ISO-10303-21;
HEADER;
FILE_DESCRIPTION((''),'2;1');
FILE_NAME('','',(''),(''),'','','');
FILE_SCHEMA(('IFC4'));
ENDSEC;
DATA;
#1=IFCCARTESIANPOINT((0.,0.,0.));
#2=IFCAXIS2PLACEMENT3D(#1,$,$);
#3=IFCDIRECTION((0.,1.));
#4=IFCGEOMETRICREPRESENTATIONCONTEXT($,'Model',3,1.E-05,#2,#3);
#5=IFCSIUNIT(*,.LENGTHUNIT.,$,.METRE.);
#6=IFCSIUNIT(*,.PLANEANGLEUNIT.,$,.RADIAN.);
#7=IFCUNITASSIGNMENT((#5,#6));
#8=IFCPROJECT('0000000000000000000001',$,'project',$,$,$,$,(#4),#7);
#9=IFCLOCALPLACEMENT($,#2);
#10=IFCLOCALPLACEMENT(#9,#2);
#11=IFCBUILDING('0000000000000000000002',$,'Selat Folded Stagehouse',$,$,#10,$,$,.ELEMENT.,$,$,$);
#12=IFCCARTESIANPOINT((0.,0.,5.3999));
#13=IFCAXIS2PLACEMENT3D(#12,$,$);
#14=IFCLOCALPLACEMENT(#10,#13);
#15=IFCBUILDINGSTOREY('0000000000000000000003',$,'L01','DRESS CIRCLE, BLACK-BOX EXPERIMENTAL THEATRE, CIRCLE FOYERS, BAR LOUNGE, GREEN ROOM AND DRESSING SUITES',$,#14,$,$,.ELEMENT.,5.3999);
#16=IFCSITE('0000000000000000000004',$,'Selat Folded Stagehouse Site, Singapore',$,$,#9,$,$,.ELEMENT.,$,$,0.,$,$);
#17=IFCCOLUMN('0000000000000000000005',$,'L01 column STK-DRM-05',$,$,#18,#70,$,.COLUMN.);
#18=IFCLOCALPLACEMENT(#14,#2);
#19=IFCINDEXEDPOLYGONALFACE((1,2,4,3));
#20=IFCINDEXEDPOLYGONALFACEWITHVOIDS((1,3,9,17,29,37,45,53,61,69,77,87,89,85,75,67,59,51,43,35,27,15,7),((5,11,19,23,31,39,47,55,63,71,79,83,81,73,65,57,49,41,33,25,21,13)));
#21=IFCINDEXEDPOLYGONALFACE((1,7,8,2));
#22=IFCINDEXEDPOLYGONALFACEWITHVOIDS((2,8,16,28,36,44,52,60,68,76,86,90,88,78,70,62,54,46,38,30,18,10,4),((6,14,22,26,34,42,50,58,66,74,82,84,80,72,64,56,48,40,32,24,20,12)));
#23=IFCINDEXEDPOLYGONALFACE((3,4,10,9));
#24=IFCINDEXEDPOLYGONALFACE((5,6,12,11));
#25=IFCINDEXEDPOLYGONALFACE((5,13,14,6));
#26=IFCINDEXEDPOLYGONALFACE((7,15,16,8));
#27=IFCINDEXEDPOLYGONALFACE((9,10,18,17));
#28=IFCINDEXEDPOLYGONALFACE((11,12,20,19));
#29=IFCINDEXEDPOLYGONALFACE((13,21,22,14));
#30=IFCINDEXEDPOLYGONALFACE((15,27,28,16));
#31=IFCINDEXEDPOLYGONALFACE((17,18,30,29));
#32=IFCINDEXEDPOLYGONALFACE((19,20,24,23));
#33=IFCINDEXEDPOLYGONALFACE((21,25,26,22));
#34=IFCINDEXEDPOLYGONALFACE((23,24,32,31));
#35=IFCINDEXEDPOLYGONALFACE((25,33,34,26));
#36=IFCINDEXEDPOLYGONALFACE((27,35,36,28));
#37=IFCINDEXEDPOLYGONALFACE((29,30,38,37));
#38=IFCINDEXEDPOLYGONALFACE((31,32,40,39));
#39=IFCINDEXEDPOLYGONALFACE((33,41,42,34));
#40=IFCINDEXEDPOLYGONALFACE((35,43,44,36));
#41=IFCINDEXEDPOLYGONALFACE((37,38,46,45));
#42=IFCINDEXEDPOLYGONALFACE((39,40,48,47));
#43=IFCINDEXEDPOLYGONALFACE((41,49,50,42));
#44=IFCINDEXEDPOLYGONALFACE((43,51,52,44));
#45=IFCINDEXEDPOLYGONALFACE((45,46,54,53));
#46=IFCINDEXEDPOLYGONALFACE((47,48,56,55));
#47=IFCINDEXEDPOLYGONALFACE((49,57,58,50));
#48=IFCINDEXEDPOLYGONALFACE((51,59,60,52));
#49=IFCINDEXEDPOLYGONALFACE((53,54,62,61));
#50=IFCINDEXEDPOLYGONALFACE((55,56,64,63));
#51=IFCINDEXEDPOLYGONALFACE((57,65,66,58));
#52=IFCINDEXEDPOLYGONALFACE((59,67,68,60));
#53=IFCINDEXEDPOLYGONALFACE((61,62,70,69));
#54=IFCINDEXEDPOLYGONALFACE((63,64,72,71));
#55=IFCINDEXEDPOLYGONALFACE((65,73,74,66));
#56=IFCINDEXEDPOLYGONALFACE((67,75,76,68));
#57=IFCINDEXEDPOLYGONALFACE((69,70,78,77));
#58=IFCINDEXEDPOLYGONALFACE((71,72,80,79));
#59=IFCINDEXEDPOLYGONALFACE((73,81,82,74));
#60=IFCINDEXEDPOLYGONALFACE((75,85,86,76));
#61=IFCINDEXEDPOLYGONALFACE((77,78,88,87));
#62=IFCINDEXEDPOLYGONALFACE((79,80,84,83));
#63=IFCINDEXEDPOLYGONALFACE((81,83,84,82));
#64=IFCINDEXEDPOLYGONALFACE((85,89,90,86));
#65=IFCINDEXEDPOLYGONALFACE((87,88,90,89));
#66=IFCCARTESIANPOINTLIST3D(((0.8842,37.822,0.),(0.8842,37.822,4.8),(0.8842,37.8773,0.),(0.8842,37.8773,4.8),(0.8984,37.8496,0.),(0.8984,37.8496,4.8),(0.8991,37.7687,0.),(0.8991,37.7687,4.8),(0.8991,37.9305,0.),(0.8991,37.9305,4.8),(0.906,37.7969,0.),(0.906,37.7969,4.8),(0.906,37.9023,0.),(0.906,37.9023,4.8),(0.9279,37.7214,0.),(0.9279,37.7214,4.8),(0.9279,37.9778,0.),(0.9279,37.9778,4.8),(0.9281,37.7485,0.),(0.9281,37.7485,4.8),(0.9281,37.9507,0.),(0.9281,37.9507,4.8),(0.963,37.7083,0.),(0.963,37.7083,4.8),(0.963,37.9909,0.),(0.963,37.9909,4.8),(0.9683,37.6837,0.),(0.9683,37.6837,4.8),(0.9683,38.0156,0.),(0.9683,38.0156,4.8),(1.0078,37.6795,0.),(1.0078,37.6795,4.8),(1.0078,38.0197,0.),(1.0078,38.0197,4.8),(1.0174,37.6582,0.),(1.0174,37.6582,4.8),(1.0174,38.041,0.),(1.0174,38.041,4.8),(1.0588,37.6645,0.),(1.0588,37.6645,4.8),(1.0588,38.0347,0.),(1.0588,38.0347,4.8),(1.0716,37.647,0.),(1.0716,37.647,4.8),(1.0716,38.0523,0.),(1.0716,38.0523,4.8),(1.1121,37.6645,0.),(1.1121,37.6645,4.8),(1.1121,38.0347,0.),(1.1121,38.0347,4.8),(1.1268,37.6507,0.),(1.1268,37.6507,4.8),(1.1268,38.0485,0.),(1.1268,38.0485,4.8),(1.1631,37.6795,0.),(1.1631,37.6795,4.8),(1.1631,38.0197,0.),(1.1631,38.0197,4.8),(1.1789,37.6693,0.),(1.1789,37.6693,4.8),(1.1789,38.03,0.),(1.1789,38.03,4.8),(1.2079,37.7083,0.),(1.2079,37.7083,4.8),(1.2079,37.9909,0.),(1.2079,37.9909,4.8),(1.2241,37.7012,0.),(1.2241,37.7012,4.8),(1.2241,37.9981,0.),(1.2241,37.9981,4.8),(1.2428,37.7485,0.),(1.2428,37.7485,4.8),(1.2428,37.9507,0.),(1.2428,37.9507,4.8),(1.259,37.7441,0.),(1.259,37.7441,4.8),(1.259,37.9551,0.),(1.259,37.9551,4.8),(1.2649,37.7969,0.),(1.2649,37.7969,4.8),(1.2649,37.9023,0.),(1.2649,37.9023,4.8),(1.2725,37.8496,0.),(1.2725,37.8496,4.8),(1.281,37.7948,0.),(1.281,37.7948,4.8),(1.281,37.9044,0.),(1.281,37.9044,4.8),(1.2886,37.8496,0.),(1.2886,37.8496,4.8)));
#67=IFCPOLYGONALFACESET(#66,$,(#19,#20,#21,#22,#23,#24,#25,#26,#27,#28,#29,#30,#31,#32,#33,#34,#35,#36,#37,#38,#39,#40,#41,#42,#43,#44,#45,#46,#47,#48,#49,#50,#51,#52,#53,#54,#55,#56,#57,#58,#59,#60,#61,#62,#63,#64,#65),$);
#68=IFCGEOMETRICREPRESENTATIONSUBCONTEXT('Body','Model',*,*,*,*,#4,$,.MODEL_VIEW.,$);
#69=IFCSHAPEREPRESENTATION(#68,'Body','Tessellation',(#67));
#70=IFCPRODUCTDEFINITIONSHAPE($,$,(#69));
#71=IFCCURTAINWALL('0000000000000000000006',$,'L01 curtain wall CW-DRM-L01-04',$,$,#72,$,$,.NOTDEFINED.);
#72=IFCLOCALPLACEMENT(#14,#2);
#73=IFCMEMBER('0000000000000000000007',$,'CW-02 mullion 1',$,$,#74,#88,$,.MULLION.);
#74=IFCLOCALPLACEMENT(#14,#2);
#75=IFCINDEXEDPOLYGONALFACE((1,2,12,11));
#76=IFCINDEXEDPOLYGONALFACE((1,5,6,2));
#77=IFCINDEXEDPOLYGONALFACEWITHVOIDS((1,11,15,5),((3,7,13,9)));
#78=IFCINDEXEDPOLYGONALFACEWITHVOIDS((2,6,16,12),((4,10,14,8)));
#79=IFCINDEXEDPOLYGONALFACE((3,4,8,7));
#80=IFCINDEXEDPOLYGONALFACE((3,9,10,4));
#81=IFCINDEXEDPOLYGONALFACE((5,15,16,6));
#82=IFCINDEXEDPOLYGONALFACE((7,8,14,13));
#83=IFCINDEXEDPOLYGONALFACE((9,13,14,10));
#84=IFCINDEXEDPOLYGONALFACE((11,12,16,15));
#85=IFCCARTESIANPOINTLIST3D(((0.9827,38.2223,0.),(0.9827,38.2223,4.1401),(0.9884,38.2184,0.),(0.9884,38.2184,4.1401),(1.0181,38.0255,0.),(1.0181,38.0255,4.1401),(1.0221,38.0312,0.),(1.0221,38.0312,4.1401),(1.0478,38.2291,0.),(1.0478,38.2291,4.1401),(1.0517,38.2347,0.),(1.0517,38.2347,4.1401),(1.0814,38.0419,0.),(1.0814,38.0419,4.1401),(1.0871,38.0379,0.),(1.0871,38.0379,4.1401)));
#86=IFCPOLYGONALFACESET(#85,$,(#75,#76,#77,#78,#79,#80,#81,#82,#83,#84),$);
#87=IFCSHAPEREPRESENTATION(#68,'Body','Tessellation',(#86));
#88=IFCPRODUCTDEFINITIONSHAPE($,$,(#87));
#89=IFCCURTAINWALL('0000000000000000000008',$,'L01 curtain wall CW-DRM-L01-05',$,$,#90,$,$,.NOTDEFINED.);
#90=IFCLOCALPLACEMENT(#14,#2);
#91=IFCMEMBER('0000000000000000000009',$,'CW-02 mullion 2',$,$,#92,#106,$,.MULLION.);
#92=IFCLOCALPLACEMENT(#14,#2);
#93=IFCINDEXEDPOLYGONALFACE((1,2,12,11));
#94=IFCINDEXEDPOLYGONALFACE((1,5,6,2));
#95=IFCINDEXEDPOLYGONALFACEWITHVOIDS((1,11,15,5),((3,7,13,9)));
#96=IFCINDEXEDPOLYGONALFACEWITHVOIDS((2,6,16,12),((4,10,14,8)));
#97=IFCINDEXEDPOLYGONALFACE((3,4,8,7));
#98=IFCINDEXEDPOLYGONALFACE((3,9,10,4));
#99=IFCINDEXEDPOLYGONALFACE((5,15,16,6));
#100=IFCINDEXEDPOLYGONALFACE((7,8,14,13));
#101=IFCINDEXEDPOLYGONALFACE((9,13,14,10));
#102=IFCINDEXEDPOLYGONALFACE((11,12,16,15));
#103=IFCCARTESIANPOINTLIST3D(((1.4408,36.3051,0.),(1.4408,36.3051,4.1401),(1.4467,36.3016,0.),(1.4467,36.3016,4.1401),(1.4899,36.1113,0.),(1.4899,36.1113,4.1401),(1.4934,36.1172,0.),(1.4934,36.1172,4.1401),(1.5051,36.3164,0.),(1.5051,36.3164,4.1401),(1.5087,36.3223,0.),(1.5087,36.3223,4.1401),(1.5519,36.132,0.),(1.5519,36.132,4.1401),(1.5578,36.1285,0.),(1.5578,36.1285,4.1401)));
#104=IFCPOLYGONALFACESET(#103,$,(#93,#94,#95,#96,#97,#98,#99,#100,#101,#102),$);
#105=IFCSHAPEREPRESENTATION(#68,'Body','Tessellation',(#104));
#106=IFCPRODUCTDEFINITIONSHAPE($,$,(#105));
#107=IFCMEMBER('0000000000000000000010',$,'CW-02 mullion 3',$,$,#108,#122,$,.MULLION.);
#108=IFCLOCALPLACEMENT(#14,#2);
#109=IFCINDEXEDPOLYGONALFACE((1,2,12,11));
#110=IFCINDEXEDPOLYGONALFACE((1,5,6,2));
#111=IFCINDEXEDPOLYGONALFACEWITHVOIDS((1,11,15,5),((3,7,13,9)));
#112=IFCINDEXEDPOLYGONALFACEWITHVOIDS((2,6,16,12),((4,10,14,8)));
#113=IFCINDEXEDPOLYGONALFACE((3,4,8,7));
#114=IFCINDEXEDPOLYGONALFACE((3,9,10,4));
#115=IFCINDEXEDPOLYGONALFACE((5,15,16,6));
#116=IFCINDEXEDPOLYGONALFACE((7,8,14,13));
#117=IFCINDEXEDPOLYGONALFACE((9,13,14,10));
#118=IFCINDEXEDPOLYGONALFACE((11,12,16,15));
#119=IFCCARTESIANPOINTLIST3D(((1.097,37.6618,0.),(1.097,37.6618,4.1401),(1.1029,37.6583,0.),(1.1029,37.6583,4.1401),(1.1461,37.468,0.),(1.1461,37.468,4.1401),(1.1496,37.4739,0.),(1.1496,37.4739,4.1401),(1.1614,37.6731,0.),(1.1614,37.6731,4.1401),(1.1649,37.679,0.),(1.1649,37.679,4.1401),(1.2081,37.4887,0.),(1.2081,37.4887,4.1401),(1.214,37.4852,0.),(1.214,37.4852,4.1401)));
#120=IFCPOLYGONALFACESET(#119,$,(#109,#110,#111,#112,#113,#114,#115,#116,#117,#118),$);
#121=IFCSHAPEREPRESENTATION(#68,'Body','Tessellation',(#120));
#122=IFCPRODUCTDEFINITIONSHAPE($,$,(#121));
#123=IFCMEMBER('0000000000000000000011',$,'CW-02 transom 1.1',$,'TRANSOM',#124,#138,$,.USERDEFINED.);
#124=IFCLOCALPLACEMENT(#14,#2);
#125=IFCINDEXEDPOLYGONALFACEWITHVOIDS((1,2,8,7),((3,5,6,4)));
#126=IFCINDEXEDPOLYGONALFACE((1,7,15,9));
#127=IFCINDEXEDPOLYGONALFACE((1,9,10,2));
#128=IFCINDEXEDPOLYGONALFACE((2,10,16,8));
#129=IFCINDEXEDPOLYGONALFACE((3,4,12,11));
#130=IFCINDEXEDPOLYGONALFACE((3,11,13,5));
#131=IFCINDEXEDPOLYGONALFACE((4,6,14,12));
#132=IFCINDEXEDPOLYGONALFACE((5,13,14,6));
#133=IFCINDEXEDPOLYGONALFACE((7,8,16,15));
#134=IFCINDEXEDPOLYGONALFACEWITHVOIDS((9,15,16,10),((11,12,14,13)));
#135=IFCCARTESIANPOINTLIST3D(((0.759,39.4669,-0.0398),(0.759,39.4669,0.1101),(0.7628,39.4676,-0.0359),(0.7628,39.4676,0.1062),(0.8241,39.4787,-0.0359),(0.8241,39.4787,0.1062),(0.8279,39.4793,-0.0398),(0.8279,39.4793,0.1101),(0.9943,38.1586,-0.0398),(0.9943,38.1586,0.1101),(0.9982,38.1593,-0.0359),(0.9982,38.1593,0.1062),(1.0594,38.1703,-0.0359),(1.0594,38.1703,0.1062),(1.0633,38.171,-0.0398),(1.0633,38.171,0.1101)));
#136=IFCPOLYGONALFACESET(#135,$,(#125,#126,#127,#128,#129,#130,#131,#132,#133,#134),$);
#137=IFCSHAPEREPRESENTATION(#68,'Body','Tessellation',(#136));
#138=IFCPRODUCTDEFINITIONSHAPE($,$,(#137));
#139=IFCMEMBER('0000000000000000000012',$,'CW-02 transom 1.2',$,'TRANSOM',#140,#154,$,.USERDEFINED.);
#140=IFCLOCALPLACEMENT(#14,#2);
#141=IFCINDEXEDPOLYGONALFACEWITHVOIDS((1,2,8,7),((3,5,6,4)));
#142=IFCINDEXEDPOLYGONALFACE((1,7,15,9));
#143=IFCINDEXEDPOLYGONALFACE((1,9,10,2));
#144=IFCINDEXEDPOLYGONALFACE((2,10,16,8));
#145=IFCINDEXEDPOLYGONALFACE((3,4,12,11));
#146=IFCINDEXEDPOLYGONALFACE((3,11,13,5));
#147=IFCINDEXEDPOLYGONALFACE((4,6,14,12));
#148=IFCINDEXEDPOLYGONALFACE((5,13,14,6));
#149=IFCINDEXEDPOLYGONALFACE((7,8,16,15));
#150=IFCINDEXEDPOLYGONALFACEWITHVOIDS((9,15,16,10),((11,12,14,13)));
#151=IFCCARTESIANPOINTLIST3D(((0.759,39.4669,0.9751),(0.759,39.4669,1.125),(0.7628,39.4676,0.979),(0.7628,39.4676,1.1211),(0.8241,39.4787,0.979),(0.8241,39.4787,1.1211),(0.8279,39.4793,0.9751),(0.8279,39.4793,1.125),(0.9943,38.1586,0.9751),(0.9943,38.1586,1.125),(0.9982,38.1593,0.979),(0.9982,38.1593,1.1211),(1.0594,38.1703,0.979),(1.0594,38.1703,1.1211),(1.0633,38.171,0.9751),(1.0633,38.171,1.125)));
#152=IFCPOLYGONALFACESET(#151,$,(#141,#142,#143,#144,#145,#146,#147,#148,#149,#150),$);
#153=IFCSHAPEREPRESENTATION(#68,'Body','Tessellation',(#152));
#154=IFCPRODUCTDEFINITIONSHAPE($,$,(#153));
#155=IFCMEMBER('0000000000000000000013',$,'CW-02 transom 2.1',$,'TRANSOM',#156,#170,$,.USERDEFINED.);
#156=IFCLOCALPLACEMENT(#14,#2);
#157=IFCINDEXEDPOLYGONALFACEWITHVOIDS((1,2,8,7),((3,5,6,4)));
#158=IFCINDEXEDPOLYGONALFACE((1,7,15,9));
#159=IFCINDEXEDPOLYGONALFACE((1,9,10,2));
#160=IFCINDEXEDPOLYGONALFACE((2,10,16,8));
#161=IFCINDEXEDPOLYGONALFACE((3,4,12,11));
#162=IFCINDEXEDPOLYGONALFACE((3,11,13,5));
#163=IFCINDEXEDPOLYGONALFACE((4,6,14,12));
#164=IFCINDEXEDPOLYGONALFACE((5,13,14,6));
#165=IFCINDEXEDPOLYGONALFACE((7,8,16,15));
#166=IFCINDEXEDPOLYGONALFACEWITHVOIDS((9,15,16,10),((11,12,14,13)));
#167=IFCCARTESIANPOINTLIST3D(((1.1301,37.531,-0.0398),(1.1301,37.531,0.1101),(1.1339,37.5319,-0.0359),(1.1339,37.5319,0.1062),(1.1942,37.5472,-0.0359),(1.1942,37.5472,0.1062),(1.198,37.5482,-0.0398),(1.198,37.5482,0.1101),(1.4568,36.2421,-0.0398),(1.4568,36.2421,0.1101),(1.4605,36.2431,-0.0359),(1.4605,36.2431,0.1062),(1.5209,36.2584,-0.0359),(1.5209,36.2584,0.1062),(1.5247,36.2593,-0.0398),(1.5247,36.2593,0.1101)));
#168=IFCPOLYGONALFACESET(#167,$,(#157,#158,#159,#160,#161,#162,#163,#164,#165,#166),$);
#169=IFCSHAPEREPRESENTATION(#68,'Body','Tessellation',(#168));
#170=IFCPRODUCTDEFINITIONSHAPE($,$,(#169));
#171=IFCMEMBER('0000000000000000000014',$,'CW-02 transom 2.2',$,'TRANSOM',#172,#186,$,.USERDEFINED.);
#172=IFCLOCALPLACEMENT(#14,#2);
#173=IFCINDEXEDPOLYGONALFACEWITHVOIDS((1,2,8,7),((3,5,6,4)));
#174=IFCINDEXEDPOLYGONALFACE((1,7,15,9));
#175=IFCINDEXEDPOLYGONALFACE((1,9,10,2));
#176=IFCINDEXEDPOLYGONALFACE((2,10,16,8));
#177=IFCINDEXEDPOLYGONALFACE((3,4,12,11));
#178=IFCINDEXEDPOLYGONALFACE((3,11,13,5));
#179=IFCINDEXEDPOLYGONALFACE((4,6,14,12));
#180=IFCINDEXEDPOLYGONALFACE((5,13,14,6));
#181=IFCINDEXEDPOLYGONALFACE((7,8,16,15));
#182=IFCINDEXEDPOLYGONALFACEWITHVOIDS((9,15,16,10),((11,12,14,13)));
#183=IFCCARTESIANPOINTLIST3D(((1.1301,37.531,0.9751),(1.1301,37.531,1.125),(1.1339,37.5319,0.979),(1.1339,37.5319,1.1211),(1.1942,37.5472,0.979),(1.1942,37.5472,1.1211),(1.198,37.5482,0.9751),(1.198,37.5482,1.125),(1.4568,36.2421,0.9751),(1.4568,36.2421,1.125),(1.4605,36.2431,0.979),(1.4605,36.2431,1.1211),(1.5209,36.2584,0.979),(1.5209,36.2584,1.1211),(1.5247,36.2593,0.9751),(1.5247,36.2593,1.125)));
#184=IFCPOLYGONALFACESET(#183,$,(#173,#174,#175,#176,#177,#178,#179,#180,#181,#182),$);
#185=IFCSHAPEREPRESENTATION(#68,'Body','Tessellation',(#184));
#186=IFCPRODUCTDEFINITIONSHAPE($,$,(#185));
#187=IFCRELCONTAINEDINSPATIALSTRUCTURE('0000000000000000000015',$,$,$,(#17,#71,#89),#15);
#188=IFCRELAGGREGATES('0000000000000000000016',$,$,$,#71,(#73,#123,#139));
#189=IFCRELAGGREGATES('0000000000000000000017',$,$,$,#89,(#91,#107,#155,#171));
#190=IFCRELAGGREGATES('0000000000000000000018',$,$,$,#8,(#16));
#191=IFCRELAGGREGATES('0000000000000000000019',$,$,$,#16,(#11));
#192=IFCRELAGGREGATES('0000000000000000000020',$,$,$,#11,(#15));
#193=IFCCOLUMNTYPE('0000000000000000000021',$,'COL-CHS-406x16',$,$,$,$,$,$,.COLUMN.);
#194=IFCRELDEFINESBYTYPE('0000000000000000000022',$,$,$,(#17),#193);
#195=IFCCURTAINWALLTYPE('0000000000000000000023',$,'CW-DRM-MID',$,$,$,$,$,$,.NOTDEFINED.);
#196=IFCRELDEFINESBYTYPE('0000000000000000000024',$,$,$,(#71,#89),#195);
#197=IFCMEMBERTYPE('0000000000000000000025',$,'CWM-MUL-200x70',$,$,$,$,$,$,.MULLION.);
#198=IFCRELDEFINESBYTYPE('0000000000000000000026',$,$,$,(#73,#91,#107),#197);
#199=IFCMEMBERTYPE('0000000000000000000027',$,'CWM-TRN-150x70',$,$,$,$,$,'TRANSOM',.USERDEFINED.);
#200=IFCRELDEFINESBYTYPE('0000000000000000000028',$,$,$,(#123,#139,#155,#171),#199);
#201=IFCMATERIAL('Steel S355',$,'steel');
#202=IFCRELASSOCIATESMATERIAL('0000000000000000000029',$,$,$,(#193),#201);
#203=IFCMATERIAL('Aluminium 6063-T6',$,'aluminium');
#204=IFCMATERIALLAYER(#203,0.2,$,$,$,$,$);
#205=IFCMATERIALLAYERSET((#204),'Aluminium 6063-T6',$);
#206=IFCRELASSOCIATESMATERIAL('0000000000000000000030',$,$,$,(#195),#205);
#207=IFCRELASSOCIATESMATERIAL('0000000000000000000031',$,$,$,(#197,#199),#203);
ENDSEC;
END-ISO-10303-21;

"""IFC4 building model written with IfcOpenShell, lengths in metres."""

from ifc_helpers import new_model, si_unit, direction, frame, origin, origin_2d, place, context, subcontext, project, spatial, hollow_rectangle, hollow_circle, extrude, material, layer, layer_set, material_profile, profile_set, type_object, element, aggregate, save


model = new_model("IFC4")

# Units and contexts
model_context = context("Model", 3, precision=1e-05, world=origin(), true_north=direction((0.0, 1.0)))
body_context = subcontext(model_context, "Body", "Model", "MODEL_VIEW")
ifc_project = project(units=[si_unit("LENGTHUNIT", "METRE"), si_unit("PLANEANGLEUNIT", "RADIAN")], contexts=[model_context])

# Site, building, storey
site_placement = place(None, origin())
site = spatial("IfcSite", under=ifc_project, at=site_placement, Name="Selat Folded Stagehouse Site, Singapore", CompositionType="ELEMENT", RefElevation=0.0)
building_placement = place(site_placement, origin())
building = spatial("IfcBuilding", under=site, at=building_placement, Name="Selat Folded Stagehouse", CompositionType="ELEMENT")
storey_placement = place(building_placement, frame((0.0, 0.0, 5.3999)))
storey = spatial("IfcBuildingStorey", under=building, at=storey_placement, Name="L01", Description="DRESS CIRCLE, BLACK-BOX EXPERIMENTAL THEATRE, CIRCLE FOYERS, BAR LOUNGE, GREEN ROOM AND DRESSING SUITES", CompositionType="ELEMENT", Elevation=5.3999)

# Column
ifc_material_1 = material(Name="Steel S355", Category="steel")
ifc_material_profile_1 = material_profile(ifc_material_1, hollow_circle(Radius=0.2031, WallThickness=0.0161, at=origin_2d()), Name="CHS 406.4x16.0")
ifc_profile_set_1 = profile_set([ifc_material_profile_1], Name="Steel S355")
column_type = type_object("IfcColumnType", Name="COL-CHS-406x16", PredefinedType="COLUMN", material=ifc_profile_set_1)
column_placement = place(storey_placement, frame((1.0854, 37.8496, 0.0), z_axis=(0.0, 0.0, 1.0), x_axis=(1.0, 0.0, 0.0)))
element("IfcColumn", 1, at=column_placement, inside=storey, type_object=column_type, Name="L01 column STK-DRM-05", PredefinedType="COLUMN", context=body_context, shape_type="SweptSolid", body=[
    extrude(hollow_circle(Radius=0.2031, WallThickness=0.0161, at=origin_2d()), origin(), (0.0, 0.0, 1.0), 4.8),
])

# Curtain wall, member
ifc_material_2 = material(Name="Aluminium 6063-T6", Category="aluminium")
ifc_layer_1 = layer(ifc_material_2, 0.2)
ifc_layer_set_1 = layer_set([ifc_layer_1], Name="Aluminium 6063-T6")
curtain_wall_type = type_object("IfcCurtainWallType", Name="CW-DRM-MID", PredefinedType="NOTDEFINED", material=ifc_layer_set_1)
curtain_wall_1_placement = place(storey_placement, origin())
curtain_wall_1 = element("IfcCurtainWall", 2, at=curtain_wall_1_placement, inside=storey, type_object=curtain_wall_type, Name="L01 curtain wall CW-DRM-L01-04", PredefinedType="NOTDEFINED")
ifc_material_profile_2 = material_profile(ifc_material_2, hollow_rectangle(XDim=0.0701, YDim=0.2, WallThickness=0.0049, at=origin_2d()), Name="ALU 200x70x5.0")
ifc_profile_set_2 = profile_set([ifc_material_profile_2], Name="Aluminium 6063-T6")
member_type_1 = type_object("IfcMemberType", Name="CWM-MUL-200x70", PredefinedType="MULLION", material=ifc_profile_set_2)
member_1_placement = place(storey_placement, frame((1.0349, 38.1301, 0.0), z_axis=(0.0, 0.0, 1.0), x_axis=(-0.984211, -0.177002, 0.0)))
member_1 = element("IfcMember", 3, at=member_1_placement, type_object=member_type_1, Name="CW-02 mullion 1", PredefinedType="MULLION", context=body_context, shape_type="SweptSolid", body=[
    extrude(hollow_rectangle(XDim=0.0701, YDim=0.2, WallThickness=0.0049, at=origin_2d()), origin(), (0.0, 0.0, 1.0), 4.1401),
])

# Curtain wall, members
curtain_wall_2_placement = place(storey_placement, origin())
curtain_wall_2 = element("IfcCurtainWall", 4, at=curtain_wall_2_placement, inside=storey, type_object=curtain_wall_type, Name="L01 curtain wall CW-DRM-L01-05", PredefinedType="NOTDEFINED")
member_2_placement = place(storey_placement, frame((1.4993, 36.2168, 0.0), z_axis=(0.0, 0.0, 1.0), x_axis=(-0.969367, -0.245618, 0.0)))
member_2 = element("IfcMember", 5, at=member_2_placement, type_object=member_type_1, Name="CW-02 mullion 2", PredefinedType="MULLION", context=body_context, shape_type="SweptSolid", body=[
    extrude(hollow_rectangle(XDim=0.0701, YDim=0.2, WallThickness=0.0049, at=origin_2d()), origin(), (0.0, 0.0, 1.0), 4.1401),
])
member_3_placement = place(storey_placement, frame((1.1555, 37.5735, 0.0), z_axis=(0.0, 0.0, 1.0), x_axis=(-0.969367, -0.245618, 0.0)))
member_3 = element("IfcMember", 6, at=member_3_placement, type_object=member_type_1, Name="CW-02 mullion 3", PredefinedType="MULLION", context=body_context, shape_type="SweptSolid", body=[
    extrude(hollow_rectangle(XDim=0.0701, YDim=0.2, WallThickness=0.0049, at=origin_2d()), origin(), (0.0, 0.0, 1.0), 4.1401),
])

# Members
ifc_material_profile_3 = material_profile(ifc_material_2, hollow_rectangle(XDim=0.0701, YDim=0.1499, WallThickness=0.0039, at=origin_2d()), Name="ALU 150x70x4.0")
ifc_profile_set_3 = profile_set([ifc_material_profile_3], Name="Aluminium 6063-T6")
member_type_2 = type_object("IfcMemberType", Name="CWM-TRN-150x70", ElementType="TRANSOM", PredefinedType="USERDEFINED", material=ifc_profile_set_3)
member_4_placement = place(storey_placement, frame((1.0288, 38.1648, 0.0352), z_axis=(-0.177043, 0.984203, 0.0), x_axis=(-0.984203, -0.177043, 0.0)))
member_4 = element("IfcMember", 7, at=member_4_placement, type_object=member_type_2, Name="CW-02 transom 1.1", ObjectType="TRANSOM", PredefinedType="USERDEFINED", context=body_context, shape_type="SweptSolid", body=[
    extrude(hollow_rectangle(XDim=0.0701, YDim=0.1499, WallThickness=0.0039, at=origin_2d()), origin(), (0.0, 0.0, 1.0), 1.3293),
])
member_5_placement = place(storey_placement, frame((1.0288, 38.1648, 1.05), z_axis=(-0.177043, 0.984203, 0.0), x_axis=(-0.984203, -0.177043, 0.0)))
member_5 = element("IfcMember", 8, at=member_5_placement, type_object=member_type_2, Name="CW-02 transom 1.2", ObjectType="TRANSOM", PredefinedType="USERDEFINED", context=body_context, shape_type="SweptSolid", body=[
    extrude(hollow_rectangle(XDim=0.0701, YDim=0.1499, WallThickness=0.0039, at=origin_2d()), origin(), (0.0, 0.0, 1.0), 1.3293),
])
aggregate(curtain_wall_1, [member_1, member_4, member_5])
member_6_placement = place(storey_placement, frame((1.4907, 36.2507, 0.0352), z_axis=(-0.245688, 0.969349, 0.0), x_axis=(-0.969349, -0.245688, 0.0)))
member_6 = element("IfcMember", 9, at=member_6_placement, type_object=member_type_2, Name="CW-02 transom 2.1", ObjectType="TRANSOM", PredefinedType="USERDEFINED", context=body_context, shape_type="SweptSolid", body=[
    extrude(hollow_rectangle(XDim=0.0701, YDim=0.1499, WallThickness=0.0039, at=origin_2d()), origin(), (0.0, 0.0, 1.0), 1.3296),
])
member_7_placement = place(storey_placement, frame((1.4907, 36.2507, 1.05), z_axis=(-0.245688, 0.969349, 0.0), x_axis=(-0.969349, -0.245688, 0.0)))
member_7 = element("IfcMember", 10, at=member_7_placement, type_object=member_type_2, Name="CW-02 transom 2.2", ObjectType="TRANSOM", PredefinedType="USERDEFINED", context=body_context, shape_type="SweptSolid", body=[
    extrude(hollow_rectangle(XDim=0.0701, YDim=0.1499, WallThickness=0.0039, at=origin_2d()), origin(), (0.0, 0.0, 1.0), 1.3296),
])

aggregate(curtain_wall_2, [member_2, member_3, member_6, member_7])

save(model, "model.ifc")
